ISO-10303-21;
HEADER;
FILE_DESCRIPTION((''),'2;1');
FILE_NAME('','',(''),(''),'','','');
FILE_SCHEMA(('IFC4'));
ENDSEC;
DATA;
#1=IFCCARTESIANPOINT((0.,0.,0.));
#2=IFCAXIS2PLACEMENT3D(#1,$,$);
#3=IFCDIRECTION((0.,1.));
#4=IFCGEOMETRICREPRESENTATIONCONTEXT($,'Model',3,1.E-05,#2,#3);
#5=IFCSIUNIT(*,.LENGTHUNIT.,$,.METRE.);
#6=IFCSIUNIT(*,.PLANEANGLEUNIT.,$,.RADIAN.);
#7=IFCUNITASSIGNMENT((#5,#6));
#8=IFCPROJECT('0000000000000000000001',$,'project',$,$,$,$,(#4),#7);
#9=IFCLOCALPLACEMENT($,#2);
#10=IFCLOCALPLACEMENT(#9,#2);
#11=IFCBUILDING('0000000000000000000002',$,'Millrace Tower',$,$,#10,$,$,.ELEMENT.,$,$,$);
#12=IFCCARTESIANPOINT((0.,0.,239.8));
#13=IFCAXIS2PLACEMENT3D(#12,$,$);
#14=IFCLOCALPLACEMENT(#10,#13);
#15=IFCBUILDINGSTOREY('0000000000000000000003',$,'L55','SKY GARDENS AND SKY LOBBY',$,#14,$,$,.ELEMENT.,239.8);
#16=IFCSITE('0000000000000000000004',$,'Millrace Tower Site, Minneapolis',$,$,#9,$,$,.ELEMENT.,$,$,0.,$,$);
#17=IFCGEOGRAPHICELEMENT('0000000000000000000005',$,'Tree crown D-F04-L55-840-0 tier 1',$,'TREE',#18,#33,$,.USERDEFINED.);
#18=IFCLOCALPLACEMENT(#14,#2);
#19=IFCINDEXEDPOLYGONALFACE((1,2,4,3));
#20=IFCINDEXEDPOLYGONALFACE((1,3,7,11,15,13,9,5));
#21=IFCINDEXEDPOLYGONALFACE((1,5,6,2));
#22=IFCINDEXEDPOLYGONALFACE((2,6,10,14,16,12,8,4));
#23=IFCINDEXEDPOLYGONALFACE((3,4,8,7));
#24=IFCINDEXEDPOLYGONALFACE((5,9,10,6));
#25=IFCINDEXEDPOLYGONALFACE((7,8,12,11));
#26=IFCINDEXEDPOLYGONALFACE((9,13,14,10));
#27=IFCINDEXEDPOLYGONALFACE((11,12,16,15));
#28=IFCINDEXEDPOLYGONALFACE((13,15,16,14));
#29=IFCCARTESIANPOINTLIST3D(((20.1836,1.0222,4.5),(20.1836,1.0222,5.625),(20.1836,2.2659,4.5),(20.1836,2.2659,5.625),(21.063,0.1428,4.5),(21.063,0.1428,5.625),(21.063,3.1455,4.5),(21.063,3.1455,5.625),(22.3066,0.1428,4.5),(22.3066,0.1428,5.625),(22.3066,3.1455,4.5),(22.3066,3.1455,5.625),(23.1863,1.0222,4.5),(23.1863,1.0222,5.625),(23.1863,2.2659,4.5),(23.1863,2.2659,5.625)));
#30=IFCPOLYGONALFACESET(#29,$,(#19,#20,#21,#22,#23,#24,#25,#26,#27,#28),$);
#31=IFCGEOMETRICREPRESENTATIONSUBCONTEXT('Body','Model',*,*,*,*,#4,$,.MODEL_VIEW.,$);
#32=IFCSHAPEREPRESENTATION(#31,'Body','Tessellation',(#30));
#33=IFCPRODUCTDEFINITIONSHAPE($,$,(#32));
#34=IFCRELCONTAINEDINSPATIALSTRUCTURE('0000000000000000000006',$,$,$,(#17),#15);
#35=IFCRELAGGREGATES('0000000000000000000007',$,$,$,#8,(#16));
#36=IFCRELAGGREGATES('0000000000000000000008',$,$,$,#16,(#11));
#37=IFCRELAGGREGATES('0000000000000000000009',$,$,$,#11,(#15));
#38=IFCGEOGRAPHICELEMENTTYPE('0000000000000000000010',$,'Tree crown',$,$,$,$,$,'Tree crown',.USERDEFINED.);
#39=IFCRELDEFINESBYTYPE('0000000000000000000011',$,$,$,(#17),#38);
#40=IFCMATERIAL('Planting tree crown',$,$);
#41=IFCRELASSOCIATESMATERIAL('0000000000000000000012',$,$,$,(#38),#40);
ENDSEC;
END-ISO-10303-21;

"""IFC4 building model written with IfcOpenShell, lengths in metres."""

from ifc_helpers import new_model, si_unit, direction, frame, origin, place, context, subcontext, project, spatial, polyline, outline, extrude, material, type_object, element, save


model = new_model("IFC4")

# Units and contexts
model_context = context("Model", 3, precision=1e-05, world=origin(), true_north=direction((0.0, 1.0)))
body_context = subcontext(model_context, "Body", "Model", "MODEL_VIEW")
ifc_project = project(units=[si_unit("LENGTHUNIT", "METRE"), si_unit("PLANEANGLEUNIT", "RADIAN")], contexts=[model_context])

# Site, building, storey
site_placement = place(None, origin())
site = spatial("IfcSite", under=ifc_project, at=site_placement, Name="Millrace Tower Site, Minneapolis", CompositionType="ELEMENT", RefElevation=0.0)
building_placement = place(site_placement, origin())
building = spatial("IfcBuilding", under=site, at=building_placement, Name="Millrace Tower", CompositionType="ELEMENT")
storey_placement = place(building_placement, frame((0.0, 0.0, 239.8)))
storey = spatial("IfcBuildingStorey", under=building, at=storey_placement, Name="L55", Description="SKY GARDENS AND SKY LOBBY", CompositionType="ELEMENT", Elevation=239.8)

# Geographic element
ifc_material_1 = material(Name="Planting tree crown")
geographic_element_type = type_object("IfcGeographicElementType", Name="Tree crown", ElementType="Tree crown", PredefinedType="USERDEFINED", material=ifc_material_1)
placement_1 = place(storey_placement, frame((0.0, 0.0, 4.5)))
element("IfcGeographicElement", 1, at=placement_1, inside=storey, type_object=geographic_element_type, Name="Tree crown D-F04-L55-840-0 tier 1", ObjectType="TREE", PredefinedType="USERDEFINED", context=body_context, shape_type="SweptSolid", body=[
    extrude(outline(polyline([(23.1863, 2.2659), (22.3066, 3.1455), (21.063, 3.1455), (20.1836, 2.2659), (20.1836, 1.0222), (21.063, 0.1428), (22.3066, 0.1428), (23.1863, 1.0222), (23.1863, 2.2659)])), origin(), (0.0, 0.0, 1.0), 1.125),
])

save(model, "model.ifc")
